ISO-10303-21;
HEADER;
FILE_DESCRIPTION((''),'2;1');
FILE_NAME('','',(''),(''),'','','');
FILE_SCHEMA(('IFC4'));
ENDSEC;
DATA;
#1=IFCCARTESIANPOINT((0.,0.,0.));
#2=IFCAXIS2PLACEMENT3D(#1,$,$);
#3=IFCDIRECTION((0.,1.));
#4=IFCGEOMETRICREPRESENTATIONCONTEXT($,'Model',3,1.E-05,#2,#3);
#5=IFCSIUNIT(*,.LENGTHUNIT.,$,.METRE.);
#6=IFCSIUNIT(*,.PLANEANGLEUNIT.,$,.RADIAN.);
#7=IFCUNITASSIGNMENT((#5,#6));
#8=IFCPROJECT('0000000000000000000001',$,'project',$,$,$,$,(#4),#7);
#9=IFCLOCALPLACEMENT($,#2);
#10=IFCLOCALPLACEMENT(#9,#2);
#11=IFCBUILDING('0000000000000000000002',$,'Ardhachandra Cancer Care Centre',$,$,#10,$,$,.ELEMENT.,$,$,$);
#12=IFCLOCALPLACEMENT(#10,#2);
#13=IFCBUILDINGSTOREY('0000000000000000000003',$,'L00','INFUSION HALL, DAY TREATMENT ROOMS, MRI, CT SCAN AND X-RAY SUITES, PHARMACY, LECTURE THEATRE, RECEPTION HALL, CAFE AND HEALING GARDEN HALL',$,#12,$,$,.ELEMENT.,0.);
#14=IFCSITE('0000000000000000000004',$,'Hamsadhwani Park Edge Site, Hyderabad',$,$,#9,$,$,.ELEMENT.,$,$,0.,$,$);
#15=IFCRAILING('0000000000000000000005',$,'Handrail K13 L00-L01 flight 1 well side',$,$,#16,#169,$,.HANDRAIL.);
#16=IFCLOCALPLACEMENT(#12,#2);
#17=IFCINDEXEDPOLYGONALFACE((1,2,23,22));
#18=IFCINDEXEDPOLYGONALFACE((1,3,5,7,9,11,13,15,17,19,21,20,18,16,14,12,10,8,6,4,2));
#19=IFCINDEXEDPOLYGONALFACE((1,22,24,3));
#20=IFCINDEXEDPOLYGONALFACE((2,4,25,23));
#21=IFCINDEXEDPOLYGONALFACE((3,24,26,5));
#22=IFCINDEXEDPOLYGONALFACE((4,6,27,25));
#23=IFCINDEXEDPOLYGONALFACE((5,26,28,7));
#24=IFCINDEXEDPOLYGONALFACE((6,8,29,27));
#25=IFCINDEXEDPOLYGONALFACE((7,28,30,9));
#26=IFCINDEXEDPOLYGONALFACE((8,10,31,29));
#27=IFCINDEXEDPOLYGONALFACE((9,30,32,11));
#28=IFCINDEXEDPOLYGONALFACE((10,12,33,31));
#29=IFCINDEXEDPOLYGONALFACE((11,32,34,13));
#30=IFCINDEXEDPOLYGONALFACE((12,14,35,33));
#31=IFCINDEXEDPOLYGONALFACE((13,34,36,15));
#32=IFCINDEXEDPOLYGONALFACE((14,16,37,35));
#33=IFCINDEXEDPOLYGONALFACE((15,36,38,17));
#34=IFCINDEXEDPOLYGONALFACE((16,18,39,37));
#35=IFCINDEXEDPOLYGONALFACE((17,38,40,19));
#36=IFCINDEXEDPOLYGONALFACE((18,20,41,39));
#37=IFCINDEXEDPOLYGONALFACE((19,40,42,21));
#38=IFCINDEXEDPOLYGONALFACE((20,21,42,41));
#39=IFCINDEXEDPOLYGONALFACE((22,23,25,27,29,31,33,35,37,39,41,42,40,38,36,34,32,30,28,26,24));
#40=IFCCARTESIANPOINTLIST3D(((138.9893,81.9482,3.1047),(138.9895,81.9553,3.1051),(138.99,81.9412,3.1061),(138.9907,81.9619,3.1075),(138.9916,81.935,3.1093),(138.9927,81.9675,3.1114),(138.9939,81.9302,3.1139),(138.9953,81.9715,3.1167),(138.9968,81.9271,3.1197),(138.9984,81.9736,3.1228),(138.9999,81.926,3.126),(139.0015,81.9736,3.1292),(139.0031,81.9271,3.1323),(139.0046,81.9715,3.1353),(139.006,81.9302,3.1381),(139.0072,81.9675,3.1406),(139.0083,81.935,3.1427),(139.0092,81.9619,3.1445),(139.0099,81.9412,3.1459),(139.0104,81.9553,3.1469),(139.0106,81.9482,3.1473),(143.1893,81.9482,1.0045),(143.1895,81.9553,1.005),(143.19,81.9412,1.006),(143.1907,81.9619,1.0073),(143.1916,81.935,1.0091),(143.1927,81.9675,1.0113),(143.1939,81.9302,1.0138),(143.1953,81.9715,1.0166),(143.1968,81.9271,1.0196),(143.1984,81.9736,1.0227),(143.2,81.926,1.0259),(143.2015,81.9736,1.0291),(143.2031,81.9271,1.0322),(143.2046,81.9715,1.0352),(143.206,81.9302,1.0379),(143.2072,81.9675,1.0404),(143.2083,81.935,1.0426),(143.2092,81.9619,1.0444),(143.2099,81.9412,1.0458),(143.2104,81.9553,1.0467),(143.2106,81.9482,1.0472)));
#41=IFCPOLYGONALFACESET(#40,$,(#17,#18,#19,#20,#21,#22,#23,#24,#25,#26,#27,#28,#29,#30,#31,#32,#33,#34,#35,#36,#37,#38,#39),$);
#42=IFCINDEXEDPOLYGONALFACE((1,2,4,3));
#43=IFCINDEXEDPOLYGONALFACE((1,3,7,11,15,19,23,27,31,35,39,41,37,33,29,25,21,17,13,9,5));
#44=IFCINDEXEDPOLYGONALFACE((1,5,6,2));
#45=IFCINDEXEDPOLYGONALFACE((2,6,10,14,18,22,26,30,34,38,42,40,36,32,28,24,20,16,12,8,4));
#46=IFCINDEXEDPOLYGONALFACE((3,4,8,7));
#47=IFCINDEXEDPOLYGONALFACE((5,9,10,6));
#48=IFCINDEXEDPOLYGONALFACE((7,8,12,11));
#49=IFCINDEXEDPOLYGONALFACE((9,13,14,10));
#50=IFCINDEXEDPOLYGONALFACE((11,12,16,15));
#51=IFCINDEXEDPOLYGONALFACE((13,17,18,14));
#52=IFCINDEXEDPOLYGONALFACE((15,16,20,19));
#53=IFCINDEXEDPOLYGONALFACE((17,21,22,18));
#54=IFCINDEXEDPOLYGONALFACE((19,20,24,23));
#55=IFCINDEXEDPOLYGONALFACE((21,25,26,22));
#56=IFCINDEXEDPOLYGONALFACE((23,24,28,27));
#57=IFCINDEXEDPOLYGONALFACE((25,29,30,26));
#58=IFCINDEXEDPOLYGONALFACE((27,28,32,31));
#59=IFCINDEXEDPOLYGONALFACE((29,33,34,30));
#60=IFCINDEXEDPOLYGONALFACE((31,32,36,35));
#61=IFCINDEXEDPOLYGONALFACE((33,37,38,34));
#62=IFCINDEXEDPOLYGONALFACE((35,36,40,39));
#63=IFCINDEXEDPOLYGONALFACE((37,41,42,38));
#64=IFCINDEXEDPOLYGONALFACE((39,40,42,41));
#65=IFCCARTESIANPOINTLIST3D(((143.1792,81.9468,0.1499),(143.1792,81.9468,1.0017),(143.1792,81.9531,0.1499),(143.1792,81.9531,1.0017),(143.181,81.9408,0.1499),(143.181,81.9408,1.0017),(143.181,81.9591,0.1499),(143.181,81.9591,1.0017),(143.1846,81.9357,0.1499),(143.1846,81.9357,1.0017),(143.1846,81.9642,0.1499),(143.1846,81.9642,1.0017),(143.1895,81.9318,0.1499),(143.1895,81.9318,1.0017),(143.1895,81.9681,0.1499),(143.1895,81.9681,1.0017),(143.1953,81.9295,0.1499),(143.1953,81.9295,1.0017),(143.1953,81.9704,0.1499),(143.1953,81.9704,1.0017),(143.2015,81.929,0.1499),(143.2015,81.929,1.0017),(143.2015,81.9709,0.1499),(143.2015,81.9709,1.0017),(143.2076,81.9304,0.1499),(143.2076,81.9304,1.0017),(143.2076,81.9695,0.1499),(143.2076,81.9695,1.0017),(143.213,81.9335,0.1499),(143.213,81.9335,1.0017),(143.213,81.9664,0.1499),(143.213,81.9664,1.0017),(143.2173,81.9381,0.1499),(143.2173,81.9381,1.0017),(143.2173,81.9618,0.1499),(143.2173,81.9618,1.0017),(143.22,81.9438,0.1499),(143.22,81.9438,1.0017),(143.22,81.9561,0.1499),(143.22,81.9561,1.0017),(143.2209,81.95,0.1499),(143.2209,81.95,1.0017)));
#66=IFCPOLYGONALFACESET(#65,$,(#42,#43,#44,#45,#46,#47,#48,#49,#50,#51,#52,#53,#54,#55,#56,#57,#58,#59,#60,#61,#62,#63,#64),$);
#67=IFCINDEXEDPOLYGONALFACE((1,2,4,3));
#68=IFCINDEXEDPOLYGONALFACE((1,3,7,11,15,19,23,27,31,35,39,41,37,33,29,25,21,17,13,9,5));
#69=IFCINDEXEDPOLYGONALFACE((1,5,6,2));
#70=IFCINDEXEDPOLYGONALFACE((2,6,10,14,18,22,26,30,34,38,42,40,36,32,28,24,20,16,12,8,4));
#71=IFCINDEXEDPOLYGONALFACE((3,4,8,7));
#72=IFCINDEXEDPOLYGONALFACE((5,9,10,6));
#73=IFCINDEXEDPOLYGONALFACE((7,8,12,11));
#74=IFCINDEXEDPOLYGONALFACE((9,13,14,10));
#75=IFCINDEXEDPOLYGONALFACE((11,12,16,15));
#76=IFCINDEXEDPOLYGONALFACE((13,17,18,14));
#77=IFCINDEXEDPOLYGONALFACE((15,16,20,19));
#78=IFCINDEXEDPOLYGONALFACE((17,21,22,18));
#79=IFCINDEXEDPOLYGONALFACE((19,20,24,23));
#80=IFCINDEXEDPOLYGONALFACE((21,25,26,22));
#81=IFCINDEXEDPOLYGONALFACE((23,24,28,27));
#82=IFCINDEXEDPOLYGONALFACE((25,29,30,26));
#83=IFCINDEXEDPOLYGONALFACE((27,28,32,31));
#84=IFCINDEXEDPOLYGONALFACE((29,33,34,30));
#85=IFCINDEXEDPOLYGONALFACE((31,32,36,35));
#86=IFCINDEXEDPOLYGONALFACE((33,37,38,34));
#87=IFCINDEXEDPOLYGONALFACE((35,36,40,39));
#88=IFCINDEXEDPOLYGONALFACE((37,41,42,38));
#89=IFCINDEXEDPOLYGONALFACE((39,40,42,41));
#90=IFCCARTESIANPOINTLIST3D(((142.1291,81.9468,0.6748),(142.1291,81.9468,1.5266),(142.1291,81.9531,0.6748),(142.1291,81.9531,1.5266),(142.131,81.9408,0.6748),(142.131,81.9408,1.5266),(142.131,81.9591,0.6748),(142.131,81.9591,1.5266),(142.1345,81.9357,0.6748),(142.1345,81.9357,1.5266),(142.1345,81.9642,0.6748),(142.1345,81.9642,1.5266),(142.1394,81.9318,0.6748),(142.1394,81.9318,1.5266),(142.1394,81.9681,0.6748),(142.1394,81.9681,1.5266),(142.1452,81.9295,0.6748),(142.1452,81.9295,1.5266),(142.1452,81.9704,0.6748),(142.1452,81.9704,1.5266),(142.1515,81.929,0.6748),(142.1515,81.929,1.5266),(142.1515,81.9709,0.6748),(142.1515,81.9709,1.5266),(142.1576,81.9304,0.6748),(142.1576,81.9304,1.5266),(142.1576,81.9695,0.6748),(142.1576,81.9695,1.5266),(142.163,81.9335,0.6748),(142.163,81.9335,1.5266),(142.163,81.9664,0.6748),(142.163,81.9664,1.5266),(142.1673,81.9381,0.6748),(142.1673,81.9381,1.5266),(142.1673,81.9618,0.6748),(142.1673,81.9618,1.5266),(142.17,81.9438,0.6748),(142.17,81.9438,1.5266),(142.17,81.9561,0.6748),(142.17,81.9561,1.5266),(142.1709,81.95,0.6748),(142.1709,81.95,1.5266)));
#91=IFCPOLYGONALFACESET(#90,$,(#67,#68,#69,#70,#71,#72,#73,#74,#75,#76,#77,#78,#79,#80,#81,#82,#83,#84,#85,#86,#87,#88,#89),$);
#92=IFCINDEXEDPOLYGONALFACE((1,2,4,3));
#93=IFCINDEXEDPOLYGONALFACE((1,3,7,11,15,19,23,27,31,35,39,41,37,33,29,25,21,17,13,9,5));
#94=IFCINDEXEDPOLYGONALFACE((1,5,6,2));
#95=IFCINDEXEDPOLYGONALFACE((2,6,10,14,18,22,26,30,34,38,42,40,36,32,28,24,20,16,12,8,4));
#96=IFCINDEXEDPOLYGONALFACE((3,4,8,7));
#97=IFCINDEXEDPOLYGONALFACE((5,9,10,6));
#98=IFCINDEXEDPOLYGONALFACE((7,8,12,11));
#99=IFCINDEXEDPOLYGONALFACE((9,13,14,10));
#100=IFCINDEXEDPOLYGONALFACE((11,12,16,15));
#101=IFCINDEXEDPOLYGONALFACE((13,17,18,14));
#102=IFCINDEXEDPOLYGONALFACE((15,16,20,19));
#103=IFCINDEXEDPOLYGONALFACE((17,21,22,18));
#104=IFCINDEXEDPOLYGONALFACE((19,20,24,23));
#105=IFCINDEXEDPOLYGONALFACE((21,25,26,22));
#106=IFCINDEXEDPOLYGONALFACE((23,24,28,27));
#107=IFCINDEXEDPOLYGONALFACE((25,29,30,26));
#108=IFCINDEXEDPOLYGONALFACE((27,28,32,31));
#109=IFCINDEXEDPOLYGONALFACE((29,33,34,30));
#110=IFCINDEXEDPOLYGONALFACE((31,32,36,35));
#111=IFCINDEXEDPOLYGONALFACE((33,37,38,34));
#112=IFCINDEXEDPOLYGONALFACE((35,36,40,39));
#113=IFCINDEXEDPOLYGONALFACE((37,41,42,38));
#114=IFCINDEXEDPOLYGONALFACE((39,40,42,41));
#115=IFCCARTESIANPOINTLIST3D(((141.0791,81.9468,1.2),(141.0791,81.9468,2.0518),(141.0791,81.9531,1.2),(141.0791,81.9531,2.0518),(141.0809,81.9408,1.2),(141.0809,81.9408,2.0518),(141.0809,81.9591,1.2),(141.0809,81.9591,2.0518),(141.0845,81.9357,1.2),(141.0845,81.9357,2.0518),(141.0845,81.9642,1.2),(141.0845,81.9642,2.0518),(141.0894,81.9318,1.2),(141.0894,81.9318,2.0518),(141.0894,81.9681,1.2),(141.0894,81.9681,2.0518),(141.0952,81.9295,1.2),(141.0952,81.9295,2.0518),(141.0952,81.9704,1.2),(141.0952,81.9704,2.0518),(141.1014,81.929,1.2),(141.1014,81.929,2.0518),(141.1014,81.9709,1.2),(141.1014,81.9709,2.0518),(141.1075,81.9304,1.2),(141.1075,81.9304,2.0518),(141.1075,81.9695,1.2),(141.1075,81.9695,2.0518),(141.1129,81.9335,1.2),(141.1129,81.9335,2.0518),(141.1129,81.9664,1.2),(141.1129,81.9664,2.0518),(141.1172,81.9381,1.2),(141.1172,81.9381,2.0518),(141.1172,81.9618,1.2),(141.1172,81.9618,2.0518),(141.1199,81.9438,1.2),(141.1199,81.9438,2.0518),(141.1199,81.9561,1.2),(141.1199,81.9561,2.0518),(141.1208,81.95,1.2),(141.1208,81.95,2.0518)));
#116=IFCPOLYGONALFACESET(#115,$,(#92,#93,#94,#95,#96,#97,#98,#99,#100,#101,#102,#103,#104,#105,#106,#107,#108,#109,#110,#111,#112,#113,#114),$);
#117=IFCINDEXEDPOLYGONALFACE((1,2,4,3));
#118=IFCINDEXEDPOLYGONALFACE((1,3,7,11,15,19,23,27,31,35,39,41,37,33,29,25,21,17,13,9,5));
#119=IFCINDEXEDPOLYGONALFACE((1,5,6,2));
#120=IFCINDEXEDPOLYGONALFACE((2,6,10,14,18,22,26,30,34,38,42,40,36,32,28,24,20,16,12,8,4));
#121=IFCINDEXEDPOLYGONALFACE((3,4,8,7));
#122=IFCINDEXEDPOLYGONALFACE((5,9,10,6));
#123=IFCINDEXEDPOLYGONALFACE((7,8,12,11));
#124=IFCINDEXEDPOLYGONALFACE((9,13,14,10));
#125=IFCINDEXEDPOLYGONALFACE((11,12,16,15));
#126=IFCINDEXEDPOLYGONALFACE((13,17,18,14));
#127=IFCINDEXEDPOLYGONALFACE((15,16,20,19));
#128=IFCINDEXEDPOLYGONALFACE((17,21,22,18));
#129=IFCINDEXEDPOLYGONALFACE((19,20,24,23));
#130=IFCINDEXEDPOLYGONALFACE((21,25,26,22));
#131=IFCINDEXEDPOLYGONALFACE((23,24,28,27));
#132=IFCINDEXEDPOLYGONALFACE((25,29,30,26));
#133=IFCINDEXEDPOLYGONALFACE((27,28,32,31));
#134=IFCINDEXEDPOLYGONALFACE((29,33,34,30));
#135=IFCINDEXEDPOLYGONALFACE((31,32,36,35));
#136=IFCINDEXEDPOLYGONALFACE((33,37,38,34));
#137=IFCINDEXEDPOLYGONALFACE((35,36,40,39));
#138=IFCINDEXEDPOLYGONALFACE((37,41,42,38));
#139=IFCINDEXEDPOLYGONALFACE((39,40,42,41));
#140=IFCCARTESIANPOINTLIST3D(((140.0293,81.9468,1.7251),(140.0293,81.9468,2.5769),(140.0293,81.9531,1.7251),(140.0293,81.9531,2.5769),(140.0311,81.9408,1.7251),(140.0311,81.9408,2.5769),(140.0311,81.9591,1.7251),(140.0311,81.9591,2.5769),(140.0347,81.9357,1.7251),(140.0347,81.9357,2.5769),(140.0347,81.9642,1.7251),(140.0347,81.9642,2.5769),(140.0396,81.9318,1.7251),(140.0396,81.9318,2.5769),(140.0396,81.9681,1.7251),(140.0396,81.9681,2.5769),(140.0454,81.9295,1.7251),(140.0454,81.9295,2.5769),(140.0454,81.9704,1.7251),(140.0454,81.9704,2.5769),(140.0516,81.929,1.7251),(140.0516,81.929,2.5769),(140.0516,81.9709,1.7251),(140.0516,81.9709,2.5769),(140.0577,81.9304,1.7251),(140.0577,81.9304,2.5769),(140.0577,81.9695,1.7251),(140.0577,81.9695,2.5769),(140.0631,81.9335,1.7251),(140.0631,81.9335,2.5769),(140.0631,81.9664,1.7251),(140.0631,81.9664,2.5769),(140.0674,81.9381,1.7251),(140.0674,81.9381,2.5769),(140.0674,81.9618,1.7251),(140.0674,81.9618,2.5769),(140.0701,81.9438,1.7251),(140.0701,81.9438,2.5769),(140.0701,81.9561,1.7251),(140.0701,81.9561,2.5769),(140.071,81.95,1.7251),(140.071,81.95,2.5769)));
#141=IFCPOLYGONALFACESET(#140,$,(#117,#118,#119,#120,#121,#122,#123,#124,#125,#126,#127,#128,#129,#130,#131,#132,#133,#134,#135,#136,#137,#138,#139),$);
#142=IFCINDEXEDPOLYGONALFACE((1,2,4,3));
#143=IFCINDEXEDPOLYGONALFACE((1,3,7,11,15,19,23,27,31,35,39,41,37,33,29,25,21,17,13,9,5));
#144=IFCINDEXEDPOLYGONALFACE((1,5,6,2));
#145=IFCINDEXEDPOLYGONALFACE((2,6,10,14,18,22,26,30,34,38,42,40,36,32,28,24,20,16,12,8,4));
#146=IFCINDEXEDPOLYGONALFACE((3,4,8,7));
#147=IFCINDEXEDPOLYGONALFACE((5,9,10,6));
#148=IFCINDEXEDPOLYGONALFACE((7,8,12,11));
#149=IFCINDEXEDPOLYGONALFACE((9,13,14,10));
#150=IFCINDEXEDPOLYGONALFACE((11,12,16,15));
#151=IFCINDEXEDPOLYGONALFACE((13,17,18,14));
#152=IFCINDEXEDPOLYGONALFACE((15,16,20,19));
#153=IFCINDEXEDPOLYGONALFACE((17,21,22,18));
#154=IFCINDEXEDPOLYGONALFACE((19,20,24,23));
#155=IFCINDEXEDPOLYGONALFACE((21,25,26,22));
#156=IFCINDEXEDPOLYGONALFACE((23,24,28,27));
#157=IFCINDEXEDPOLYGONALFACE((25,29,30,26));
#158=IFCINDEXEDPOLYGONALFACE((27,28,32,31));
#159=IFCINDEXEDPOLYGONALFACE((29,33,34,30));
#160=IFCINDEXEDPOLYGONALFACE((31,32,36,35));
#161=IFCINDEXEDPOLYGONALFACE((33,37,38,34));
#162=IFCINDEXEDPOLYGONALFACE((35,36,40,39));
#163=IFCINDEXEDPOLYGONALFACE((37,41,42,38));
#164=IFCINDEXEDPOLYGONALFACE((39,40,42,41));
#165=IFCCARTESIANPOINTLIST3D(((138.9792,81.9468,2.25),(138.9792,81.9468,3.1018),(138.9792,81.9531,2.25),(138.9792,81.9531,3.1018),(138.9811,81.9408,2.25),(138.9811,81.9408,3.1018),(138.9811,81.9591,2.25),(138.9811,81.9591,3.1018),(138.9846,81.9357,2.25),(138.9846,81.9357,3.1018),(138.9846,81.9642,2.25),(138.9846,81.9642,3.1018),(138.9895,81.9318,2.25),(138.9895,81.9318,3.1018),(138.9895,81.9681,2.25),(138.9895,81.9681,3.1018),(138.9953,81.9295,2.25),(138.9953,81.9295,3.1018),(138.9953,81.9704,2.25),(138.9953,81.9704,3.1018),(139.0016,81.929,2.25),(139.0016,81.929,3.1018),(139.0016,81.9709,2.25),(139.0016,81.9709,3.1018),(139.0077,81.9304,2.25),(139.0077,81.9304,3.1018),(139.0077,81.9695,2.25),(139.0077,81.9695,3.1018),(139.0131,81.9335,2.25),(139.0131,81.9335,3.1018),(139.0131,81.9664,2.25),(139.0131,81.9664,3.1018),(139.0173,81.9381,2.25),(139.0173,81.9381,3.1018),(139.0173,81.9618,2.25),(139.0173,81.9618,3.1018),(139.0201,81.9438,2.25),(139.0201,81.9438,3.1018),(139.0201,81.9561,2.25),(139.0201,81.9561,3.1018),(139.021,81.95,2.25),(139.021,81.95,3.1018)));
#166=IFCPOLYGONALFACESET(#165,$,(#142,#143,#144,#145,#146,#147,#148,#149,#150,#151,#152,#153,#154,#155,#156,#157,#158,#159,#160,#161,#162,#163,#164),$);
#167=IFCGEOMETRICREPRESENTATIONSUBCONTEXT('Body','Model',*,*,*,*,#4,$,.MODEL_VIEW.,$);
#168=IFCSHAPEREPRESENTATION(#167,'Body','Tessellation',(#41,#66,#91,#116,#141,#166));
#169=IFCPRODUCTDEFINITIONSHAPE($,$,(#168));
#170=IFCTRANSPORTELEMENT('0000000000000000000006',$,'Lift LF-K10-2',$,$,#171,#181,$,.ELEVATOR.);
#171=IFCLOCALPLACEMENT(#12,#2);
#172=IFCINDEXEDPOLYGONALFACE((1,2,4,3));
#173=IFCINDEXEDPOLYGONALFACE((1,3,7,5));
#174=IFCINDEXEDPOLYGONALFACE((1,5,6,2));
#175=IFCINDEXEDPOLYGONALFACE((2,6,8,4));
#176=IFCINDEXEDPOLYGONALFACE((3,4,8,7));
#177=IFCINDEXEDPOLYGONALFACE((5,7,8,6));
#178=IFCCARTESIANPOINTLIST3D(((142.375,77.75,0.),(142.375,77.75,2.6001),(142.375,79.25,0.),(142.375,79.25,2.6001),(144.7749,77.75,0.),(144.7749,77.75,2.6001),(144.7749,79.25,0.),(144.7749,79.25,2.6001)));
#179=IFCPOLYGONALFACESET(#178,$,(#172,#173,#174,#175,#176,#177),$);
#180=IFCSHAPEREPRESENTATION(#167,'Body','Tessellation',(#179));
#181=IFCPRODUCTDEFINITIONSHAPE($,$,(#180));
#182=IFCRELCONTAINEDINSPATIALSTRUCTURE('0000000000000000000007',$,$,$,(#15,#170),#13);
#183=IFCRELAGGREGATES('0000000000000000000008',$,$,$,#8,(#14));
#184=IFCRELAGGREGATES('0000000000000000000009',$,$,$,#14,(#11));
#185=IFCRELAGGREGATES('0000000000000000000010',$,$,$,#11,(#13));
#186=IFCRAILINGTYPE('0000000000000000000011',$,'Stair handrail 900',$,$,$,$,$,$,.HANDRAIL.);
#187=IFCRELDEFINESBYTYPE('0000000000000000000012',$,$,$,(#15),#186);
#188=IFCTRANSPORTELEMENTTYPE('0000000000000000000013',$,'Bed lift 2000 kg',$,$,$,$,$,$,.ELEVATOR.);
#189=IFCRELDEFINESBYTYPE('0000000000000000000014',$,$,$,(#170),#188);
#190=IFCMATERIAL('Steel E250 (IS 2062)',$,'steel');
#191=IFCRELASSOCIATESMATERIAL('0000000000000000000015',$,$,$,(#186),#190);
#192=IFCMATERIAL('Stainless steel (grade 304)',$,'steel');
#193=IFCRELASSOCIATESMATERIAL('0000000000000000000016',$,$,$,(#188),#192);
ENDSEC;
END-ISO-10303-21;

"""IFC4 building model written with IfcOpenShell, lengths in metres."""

from ifc_helpers import new_model, si_unit, direction, frame, origin, origin_2d, place, context, subcontext, project, spatial, rectangle, circle, extrude, material, type_object, element, save


model = new_model("IFC4")

# Units and contexts
model_context = context("Model", 3, precision=1e-05, world=origin(), true_north=direction((0.0, 1.0)))
body_context = subcontext(model_context, "Body", "Model", "MODEL_VIEW")
ifc_project = project(units=[si_unit("LENGTHUNIT", "METRE"), si_unit("PLANEANGLEUNIT", "RADIAN")], contexts=[model_context])

# Site, building, storey
site_placement = place(None, origin())
site = spatial("IfcSite", under=ifc_project, at=site_placement, Name="Hamsadhwani Park Edge Site, Hyderabad", CompositionType="ELEMENT", RefElevation=0.0)
building_placement = place(site_placement, origin())
building = spatial("IfcBuilding", under=site, at=building_placement, Name="Ardhachandra Cancer Care Centre", CompositionType="ELEMENT")
storey_placement = place(building_placement, origin())
storey = spatial("IfcBuildingStorey", under=building, at=storey_placement, Name="L00", Description="INFUSION HALL, DAY TREATMENT ROOMS, MRI, CT SCAN AND X-RAY SUITES, PHARMACY, LECTURE THEATRE, RECEPTION HALL, CAFE AND HEALING GARDEN HALL", CompositionType="ELEMENT", Elevation=0.0)

# Railing
ifc_material_1 = material(Name="Steel E250 (IS 2062)", Category="steel")
railing_type_1 = type_object("IfcRailingType", Name="Stair handrail 900", PredefinedType="HANDRAIL", material=ifc_material_1)
railing_1_placement = place(storey_placement, frame((143.2, 81.95, 0.1499)))
element("IfcRailing", 1, at=railing_1_placement, inside=storey, type_object=railing_type_1, Name="Handrail K13 L00-L01 flight 1 well side", PredefinedType="HANDRAIL", context=body_context, shape_type="SweptSolid", body=[
    extrude(circle(Radius=0.0239, at=origin_2d()), frame((0.0, 0.0, 0.876), z_axis=(-0.894417, 0.0, 0.447234), x_axis=(0.0, -1.0, 0.0)), (0.0, 0.0, 1.0), 4.6958),
    extrude(circle(Radius=0.021, at=origin_2d()), origin(), (0.0, 0.0, 1.0), 0.8518),
    extrude(circle(Radius=0.021, at=origin_2d()), frame((-1.05, 0.0, 0.5249)), (0.0, 0.0, 1.0), 0.8518),
    extrude(circle(Radius=0.021, at=origin_2d()), frame((-2.1001, 0.0, 1.05)), (0.0, 0.0, 1.0), 0.8518),
    extrude(circle(Radius=0.021, at=origin_2d()), frame((-3.1499, 0.0, 1.5752)), (0.0, 0.0, 1.0), 0.8518),
    extrude(circle(Radius=0.021, at=origin_2d()), frame((-4.2, 0.0, 2.1001)), (0.0, 0.0, 1.0), 0.8518),
])

# Transport element
ifc_material_2 = material(Name="Stainless steel (grade 304)", Category="steel")
transport_element_type = type_object("IfcTransportElementType", Name="Bed lift 2000 kg", PredefinedType="ELEVATOR", material=ifc_material_2)
transport_element_placement = place(storey_placement, frame((143.575, 78.5, 0.0), z_axis=(0.0, 0.0, 1.0), x_axis=(1.0, 0.0, 0.0)))
element("IfcTransportElement", 2, at=transport_element_placement, inside=storey, type_object=transport_element_type, Name="Lift LF-K10-2", PredefinedType="ELEVATOR", context=body_context, shape_type="SweptSolid", body=[
    extrude(rectangle(XDim=2.3999, YDim=1.5, at=origin_2d()), origin(), (0.0, 0.0, 1.0), 2.6001),
])

save(model, "model.ifc")
